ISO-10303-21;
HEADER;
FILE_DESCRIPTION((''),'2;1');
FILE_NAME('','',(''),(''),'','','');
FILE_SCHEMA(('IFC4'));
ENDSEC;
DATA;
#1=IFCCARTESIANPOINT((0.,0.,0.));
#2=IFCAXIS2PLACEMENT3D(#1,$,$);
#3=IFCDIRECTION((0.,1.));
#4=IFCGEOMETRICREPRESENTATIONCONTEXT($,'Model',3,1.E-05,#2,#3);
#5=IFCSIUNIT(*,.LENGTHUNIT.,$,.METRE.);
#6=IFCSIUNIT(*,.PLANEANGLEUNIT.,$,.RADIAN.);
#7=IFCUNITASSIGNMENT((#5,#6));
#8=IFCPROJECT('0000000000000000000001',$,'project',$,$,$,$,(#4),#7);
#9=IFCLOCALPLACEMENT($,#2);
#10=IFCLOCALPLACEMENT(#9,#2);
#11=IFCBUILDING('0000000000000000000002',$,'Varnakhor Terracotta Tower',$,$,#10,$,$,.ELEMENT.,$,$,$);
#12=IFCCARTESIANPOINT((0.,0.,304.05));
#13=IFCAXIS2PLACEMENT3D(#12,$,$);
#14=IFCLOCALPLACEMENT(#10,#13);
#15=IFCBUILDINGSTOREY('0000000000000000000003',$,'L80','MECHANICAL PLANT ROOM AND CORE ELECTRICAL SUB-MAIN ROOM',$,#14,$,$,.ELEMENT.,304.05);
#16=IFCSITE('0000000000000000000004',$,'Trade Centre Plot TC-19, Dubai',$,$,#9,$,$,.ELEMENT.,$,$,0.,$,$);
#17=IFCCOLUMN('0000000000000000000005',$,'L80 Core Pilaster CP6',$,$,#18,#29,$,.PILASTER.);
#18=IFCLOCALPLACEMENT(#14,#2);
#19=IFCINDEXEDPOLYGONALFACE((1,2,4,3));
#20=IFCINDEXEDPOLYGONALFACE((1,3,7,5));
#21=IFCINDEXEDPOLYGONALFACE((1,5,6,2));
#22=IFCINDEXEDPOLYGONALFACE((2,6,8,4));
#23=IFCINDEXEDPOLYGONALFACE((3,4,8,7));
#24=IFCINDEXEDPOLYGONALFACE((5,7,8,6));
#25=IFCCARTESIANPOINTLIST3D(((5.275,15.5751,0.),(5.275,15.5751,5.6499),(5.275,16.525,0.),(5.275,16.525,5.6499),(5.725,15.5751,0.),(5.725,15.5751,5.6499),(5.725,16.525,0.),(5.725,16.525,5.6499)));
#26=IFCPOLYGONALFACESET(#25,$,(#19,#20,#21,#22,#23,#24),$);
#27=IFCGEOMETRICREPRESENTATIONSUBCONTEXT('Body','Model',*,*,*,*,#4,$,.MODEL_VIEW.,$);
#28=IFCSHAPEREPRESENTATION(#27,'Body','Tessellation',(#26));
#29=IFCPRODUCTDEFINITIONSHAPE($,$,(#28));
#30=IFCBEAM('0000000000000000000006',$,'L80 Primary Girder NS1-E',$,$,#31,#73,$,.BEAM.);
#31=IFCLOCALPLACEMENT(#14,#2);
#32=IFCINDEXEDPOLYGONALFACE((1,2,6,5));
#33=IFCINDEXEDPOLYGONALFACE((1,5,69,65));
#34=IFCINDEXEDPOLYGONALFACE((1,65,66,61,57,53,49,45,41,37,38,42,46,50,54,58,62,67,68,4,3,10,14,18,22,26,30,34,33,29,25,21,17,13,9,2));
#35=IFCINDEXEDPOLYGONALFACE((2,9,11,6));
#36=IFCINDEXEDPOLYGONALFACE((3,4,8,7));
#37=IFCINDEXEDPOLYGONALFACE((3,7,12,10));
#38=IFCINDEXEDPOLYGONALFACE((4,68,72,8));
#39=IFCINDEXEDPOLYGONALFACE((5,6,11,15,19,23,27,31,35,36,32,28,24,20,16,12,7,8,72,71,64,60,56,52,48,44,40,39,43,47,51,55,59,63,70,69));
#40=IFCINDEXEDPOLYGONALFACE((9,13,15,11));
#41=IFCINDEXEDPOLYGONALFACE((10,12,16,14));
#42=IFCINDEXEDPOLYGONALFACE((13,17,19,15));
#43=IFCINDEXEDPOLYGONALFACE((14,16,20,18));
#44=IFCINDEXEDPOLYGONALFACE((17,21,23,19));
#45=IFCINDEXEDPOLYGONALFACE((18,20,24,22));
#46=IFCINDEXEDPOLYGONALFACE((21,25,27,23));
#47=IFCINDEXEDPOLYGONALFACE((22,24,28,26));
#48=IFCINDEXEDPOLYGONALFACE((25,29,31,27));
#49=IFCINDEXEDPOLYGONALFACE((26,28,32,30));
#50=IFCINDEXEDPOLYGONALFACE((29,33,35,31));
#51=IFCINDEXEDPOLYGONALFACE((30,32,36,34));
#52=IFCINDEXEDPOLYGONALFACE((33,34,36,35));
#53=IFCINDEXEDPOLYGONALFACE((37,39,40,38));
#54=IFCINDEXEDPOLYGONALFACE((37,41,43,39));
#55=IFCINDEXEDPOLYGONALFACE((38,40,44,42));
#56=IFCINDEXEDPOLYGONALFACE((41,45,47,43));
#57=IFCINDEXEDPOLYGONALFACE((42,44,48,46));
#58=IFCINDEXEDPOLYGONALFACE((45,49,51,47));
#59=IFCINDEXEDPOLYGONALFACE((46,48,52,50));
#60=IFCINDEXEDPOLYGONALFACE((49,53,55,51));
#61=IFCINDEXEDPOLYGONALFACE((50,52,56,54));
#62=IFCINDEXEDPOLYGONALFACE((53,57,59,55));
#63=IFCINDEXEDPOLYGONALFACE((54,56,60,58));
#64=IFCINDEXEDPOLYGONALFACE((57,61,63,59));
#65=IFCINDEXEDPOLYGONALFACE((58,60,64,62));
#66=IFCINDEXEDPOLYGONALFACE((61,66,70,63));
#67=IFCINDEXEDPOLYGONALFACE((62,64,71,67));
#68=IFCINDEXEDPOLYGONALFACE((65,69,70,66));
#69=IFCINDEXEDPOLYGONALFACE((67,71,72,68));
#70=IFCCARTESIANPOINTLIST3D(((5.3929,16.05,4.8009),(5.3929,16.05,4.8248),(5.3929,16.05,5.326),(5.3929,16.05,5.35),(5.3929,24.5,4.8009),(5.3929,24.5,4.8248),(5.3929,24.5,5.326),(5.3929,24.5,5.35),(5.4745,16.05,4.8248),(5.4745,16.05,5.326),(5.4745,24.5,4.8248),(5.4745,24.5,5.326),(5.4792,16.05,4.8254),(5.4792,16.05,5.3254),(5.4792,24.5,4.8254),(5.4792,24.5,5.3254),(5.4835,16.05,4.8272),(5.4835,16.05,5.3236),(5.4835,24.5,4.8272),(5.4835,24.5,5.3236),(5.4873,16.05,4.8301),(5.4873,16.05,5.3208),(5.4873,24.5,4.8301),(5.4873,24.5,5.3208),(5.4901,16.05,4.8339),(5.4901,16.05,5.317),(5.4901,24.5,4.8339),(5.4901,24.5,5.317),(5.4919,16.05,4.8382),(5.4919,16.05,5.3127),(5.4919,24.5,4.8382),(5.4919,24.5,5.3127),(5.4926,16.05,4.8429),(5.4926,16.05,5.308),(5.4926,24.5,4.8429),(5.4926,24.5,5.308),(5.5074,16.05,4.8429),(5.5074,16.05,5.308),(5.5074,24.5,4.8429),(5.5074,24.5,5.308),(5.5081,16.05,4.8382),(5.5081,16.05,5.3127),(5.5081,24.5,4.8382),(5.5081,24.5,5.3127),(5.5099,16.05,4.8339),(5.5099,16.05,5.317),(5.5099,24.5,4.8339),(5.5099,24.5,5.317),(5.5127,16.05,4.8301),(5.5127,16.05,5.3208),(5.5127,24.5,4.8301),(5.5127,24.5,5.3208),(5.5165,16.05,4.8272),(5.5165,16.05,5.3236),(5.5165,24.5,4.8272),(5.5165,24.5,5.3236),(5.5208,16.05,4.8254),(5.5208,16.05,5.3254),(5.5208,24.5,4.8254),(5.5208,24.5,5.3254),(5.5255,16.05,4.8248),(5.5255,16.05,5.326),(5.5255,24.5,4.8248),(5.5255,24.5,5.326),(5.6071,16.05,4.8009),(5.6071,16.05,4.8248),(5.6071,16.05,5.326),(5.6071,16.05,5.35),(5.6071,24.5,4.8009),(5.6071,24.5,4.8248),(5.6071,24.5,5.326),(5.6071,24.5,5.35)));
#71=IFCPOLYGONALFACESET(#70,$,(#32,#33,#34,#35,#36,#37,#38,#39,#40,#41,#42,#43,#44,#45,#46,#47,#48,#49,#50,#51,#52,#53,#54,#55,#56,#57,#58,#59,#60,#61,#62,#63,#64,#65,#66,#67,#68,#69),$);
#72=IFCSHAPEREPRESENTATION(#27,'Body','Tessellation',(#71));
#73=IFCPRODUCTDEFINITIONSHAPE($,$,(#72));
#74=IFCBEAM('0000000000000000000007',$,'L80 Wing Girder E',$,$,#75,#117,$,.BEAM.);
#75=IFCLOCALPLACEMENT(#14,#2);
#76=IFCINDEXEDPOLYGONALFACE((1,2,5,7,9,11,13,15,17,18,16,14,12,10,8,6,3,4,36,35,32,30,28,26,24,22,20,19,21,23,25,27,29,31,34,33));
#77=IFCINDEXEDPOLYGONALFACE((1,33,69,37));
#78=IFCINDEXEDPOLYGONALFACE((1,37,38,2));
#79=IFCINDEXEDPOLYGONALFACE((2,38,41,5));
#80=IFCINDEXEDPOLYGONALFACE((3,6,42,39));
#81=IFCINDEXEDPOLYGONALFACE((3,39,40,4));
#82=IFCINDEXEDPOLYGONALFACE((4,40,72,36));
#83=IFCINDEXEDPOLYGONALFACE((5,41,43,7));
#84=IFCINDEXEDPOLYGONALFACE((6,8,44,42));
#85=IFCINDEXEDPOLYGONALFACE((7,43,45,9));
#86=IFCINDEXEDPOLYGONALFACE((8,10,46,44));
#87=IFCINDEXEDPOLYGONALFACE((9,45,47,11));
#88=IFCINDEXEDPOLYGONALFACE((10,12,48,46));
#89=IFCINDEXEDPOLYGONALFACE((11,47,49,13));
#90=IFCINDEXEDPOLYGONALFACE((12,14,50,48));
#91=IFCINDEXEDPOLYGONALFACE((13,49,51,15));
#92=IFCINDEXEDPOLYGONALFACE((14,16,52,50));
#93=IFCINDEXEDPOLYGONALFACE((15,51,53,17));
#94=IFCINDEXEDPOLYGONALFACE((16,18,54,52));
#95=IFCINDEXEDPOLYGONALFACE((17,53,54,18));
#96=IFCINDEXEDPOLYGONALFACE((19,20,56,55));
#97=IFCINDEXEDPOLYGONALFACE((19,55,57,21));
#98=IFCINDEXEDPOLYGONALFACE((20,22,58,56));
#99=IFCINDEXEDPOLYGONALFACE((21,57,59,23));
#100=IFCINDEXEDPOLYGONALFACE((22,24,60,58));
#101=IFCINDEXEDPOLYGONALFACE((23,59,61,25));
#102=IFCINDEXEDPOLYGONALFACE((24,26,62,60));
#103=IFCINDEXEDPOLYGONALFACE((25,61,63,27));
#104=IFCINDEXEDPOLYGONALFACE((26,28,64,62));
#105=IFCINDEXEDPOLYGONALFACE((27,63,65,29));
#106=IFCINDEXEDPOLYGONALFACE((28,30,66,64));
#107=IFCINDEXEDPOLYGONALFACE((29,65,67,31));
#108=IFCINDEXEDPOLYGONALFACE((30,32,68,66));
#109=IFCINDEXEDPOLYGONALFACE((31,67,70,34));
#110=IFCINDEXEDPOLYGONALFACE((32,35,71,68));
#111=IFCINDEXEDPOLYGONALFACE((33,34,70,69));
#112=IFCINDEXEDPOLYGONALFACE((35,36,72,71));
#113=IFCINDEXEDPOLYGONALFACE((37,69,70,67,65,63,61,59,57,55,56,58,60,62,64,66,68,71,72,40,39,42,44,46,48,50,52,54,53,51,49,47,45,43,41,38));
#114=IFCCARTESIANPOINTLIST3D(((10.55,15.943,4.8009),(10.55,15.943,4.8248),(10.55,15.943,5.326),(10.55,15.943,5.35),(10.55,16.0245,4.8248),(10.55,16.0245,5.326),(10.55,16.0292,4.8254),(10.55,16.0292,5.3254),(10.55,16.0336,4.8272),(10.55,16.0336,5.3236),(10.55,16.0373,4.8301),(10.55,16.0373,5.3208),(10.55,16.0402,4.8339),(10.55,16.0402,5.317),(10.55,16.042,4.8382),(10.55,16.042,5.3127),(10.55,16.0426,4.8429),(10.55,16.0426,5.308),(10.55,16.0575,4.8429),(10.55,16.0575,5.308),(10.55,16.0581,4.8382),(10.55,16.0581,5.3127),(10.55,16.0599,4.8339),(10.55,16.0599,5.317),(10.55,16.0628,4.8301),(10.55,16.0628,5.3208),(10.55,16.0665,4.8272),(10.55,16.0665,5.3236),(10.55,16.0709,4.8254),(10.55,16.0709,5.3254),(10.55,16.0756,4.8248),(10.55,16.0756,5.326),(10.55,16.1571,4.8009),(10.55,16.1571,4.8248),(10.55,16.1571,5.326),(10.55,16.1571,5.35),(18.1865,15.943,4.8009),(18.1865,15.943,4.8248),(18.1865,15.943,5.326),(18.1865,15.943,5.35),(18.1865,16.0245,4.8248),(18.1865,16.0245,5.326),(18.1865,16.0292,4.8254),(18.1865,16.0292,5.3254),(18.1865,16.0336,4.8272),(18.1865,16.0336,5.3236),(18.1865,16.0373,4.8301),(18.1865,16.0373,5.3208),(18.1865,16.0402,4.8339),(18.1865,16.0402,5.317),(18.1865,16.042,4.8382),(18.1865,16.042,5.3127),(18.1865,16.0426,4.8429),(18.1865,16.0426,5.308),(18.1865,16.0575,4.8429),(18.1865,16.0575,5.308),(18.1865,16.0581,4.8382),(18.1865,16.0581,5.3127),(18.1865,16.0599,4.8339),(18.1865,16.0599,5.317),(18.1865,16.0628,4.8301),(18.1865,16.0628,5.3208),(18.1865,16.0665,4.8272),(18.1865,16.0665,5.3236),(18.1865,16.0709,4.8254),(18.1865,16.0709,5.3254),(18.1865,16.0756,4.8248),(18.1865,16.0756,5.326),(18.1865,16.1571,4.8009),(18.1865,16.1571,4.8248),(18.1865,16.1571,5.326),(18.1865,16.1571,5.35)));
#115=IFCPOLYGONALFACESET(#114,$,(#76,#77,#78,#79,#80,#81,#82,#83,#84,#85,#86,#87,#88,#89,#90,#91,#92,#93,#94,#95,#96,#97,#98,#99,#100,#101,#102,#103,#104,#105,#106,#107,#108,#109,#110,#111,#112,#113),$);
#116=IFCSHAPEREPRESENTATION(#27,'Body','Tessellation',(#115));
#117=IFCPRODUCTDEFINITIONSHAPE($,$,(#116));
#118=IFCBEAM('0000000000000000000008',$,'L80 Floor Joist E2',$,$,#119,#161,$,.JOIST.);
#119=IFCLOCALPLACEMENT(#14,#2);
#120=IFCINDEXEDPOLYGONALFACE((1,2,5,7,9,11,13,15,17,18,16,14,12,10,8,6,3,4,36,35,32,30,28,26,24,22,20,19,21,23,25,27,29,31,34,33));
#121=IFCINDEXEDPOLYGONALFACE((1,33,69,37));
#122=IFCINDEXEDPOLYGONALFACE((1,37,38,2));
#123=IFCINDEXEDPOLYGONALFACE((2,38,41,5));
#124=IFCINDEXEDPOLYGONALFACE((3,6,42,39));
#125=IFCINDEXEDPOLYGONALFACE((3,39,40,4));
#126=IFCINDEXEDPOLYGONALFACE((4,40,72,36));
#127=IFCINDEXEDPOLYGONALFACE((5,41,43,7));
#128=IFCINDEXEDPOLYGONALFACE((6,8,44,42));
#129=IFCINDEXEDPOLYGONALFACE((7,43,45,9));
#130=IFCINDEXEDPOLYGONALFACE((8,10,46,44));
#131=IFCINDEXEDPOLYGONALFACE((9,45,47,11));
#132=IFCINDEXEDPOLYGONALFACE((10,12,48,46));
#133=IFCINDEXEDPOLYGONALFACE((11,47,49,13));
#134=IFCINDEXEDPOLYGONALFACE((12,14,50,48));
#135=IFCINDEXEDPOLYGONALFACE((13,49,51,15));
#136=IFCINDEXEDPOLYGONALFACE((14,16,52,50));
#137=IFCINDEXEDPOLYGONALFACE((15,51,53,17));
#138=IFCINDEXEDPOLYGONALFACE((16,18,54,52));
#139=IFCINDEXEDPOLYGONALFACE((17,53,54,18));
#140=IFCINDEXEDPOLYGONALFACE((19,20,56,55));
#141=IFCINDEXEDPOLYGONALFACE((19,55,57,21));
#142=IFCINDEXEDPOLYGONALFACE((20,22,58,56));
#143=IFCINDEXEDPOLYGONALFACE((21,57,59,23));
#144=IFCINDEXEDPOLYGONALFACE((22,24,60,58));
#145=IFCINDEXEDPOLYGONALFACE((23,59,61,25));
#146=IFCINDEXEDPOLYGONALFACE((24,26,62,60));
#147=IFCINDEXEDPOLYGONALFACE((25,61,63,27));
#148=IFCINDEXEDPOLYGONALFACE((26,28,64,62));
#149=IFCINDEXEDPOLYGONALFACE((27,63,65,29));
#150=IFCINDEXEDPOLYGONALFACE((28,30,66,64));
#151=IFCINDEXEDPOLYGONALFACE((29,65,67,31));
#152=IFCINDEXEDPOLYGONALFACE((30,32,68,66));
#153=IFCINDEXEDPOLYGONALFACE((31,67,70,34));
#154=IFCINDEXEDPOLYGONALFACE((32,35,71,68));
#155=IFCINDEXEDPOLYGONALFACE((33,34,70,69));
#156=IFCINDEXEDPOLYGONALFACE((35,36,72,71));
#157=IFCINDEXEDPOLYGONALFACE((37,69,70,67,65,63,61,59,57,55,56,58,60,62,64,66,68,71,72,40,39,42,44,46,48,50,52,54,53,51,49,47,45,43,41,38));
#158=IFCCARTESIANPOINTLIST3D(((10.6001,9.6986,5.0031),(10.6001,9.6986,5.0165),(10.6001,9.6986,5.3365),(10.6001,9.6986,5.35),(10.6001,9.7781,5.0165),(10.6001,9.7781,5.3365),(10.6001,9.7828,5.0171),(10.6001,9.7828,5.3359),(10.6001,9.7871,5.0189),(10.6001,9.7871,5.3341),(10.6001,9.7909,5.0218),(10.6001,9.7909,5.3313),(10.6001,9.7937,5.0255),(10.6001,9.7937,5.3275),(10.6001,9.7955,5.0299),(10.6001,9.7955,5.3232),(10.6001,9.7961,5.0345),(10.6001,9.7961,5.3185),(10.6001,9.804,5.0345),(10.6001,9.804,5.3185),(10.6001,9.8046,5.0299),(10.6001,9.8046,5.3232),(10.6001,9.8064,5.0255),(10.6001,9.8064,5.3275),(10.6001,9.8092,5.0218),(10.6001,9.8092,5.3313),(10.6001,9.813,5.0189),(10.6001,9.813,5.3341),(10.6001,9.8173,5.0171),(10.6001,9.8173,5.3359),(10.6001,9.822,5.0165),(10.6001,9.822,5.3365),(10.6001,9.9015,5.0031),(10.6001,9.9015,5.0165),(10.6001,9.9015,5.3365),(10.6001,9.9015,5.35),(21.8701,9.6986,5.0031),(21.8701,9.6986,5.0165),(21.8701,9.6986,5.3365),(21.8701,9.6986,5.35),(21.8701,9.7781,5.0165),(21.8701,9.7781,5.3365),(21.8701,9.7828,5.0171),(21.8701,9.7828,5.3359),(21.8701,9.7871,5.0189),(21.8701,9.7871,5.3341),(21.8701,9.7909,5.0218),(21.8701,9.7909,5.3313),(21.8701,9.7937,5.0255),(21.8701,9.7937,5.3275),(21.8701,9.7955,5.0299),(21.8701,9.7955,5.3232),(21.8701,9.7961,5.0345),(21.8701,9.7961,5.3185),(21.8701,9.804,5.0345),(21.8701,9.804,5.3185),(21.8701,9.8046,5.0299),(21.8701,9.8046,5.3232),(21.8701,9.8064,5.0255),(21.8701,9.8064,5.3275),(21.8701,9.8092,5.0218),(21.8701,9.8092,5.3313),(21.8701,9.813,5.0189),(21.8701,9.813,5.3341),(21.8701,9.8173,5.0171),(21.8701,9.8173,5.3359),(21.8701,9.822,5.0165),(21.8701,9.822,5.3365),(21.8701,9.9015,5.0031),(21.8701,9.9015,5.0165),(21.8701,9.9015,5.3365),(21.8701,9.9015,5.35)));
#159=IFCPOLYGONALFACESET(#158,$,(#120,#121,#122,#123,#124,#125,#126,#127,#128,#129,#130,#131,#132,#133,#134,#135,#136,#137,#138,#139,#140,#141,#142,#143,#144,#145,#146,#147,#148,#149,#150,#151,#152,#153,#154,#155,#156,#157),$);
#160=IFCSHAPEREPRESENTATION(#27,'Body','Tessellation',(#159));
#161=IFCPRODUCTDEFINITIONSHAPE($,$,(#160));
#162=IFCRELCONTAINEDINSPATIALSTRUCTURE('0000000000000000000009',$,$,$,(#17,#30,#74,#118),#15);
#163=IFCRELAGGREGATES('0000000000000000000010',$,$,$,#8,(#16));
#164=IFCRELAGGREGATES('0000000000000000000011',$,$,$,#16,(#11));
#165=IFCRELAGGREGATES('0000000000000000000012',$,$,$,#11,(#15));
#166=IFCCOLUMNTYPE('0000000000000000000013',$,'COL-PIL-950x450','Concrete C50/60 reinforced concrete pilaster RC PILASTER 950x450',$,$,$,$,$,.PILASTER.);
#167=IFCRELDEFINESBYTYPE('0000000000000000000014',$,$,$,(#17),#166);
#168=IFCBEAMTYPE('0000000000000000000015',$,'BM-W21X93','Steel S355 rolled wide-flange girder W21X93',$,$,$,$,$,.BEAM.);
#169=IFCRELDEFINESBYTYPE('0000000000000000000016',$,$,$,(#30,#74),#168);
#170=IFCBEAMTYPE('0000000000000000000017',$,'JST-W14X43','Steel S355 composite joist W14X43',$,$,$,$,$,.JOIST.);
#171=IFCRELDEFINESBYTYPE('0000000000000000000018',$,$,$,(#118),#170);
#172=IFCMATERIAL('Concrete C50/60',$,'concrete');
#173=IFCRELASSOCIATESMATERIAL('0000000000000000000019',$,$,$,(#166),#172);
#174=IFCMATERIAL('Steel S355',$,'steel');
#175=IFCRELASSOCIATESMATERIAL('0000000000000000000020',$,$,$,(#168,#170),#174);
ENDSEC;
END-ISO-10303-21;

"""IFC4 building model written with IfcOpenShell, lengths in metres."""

from ifc_helpers import new_model, si_unit, direction, frame, origin, origin_2d, place, context, subcontext, project, spatial, rectangle, i_section, extrude, source, transform, mapped, material, material_profile, profile_set, type_object, type_shapes, element, save


model = new_model("IFC4")

# Units and contexts
model_context = context("Model", 3, precision=1e-05, world=origin(), true_north=direction((0.0, 1.0)))
body_context = subcontext(model_context, "Body", "Model", "MODEL_VIEW")
ifc_project = project(units=[si_unit("LENGTHUNIT", "METRE"), si_unit("PLANEANGLEUNIT", "RADIAN")], contexts=[model_context])

# Site, building, storey
site_placement = place(None, origin())
site = spatial("IfcSite", under=ifc_project, at=site_placement, Name="Trade Centre Plot TC-19, Dubai", CompositionType="ELEMENT", RefElevation=0.0)
building_placement = place(site_placement, origin())
building = spatial("IfcBuilding", under=site, at=building_placement, Name="Varnakhor Terracotta Tower", CompositionType="ELEMENT")
storey_placement = place(building_placement, frame((0.0, 0.0, 304.05)))
storey = spatial("IfcBuildingStorey", under=building, at=storey_placement, Name="L80", Description="MECHANICAL PLANT ROOM AND CORE ELECTRICAL SUB-MAIN ROOM", CompositionType="ELEMENT", Elevation=304.05)

# Column
ifc_material_1 = material(Name="Concrete C50/60", Category="concrete")
ifc_material_profile_1 = material_profile(ifc_material_1, rectangle(XDim=0.45, YDim=0.95, at=origin_2d()), Name="RC PILASTER 950x450")
ifc_profile_set_1 = profile_set([ifc_material_profile_1], Name="Concrete C50/60")
column_type = type_object("IfcColumnType", Name="COL-PIL-950x450", Description="Concrete C50/60 reinforced concrete pilaster RC PILASTER 950x450", PredefinedType="PILASTER", material=ifc_profile_set_1)
shared_shape_1 = source(origin(), body_context, "Body", "SweptSolid", [
    extrude(rectangle(XDim=0.45, YDim=0.95, at=origin_2d()), origin(), (0.0, 0.0, 1.0), 5.6499),
])
column_placement = place(storey_placement, frame((5.5, 16.05, 0.0), z_axis=(0.0, 0.0, 1.0), x_axis=(1.0, 0.0, 0.0)))
element("IfcColumn", 1, at=column_placement, inside=storey, type_object=column_type, Name="L80 Core Pilaster CP6", PredefinedType="PILASTER", context=body_context, shape_type="MappedRepresentation", body=[
    mapped(shared_shape_1, transform((0.0, 0.0, 0.0), scale=1.0)),
])

# Beams
ifc_material_2 = material(Name="Steel S355", Category="steel")
ifc_material_profile_2 = material_profile(ifc_material_2, i_section(OverallWidth=0.2141, OverallDepth=0.5491, WebThickness=0.0149, FlangeThickness=0.0239, FilletRadius=0.0181, at=origin_2d()), Name="W21X93")
ifc_profile_set_2 = profile_set([ifc_material_profile_2], Name="Steel S355")
beam_type_1 = type_object("IfcBeamType", Name="BM-W21X93", Description="Steel S355 rolled wide-flange girder W21X93", PredefinedType="BEAM", material=ifc_profile_set_2)
shared_shape_2 = source(origin(), body_context, "Body", "SweptSolid", [
    extrude(i_section(OverallWidth=0.2141, OverallDepth=0.5491, WebThickness=0.0149, FlangeThickness=0.0239, FilletRadius=0.0181, at=origin_2d()), origin(), (0.0, 0.0, 1.0), 8.45),
])
type_shapes(beam_type_1, [shared_shape_2])
beam_1_placement = place(storey_placement, frame((5.5, 16.05, 5.0754), z_axis=(0.0, 1.0, 0.0), x_axis=(-1.0, 0.0, 0.0)))
element("IfcBeam", 2, at=beam_1_placement, inside=storey, type_object=beam_type_1, Name="L80 Primary Girder NS1-E", PredefinedType="BEAM", context=body_context, shape_type="MappedRepresentation", body=[
    mapped(shared_shape_2, transform((0.0, 0.0, 0.0), scale=1.0)),
])
shared_shape_3 = source(origin(), body_context, "Body", "SweptSolid", [
    extrude(i_section(OverallWidth=0.2141, OverallDepth=0.5491, WebThickness=0.0149, FlangeThickness=0.0239, FilletRadius=0.0181, at=origin_2d()), origin(), (0.0, 0.0, 1.0), 7.6365),
])
beam_2_placement = place(storey_placement, frame((10.55, 16.05, 5.0754), z_axis=(1.0, 0.0, 0.0), x_axis=(0.0, 1.0, 0.0)))
element("IfcBeam", 3, at=beam_2_placement, inside=storey, type_object=beam_type_1, Name="L80 Wing Girder E", PredefinedType="BEAM", context=body_context, shape_type="MappedRepresentation", body=[
    mapped(shared_shape_3, transform((0.0, 0.0, 0.0), scale=1.0)),
])
ifc_material_profile_3 = material_profile(ifc_material_2, i_section(OverallWidth=0.2029, OverallDepth=0.3469, WebThickness=0.0078, FlangeThickness=0.0134, FilletRadius=0.0181, at=origin_2d()), Name="W14X43")
ifc_profile_set_3 = profile_set([ifc_material_profile_3], Name="Steel S355")
beam_type_2 = type_object("IfcBeamType", Name="JST-W14X43", Description="Steel S355 composite joist W14X43", PredefinedType="JOIST", material=ifc_profile_set_3)
shared_shape_4 = source(origin(), body_context, "Body", "SweptSolid", [
    extrude(i_section(OverallWidth=0.2029, OverallDepth=0.3469, WebThickness=0.0078, FlangeThickness=0.0134, FilletRadius=0.0181, at=origin_2d()), origin(), (0.0, 0.0, 1.0), 11.27),
])
beam_3_placement = place(storey_placement, frame((10.6001, 9.8, 5.1765), z_axis=(1.0, 0.0, 0.0), x_axis=(0.0, 1.0, 0.0)))
element("IfcBeam", 4, at=beam_3_placement, inside=storey, type_object=beam_type_2, Name="L80 Floor Joist E2", PredefinedType="JOIST", context=body_context, shape_type="MappedRepresentation", body=[
    mapped(shared_shape_4, transform((0.0, 0.0, 0.0), scale=1.0)),
])

save(model, "model.ifc")
